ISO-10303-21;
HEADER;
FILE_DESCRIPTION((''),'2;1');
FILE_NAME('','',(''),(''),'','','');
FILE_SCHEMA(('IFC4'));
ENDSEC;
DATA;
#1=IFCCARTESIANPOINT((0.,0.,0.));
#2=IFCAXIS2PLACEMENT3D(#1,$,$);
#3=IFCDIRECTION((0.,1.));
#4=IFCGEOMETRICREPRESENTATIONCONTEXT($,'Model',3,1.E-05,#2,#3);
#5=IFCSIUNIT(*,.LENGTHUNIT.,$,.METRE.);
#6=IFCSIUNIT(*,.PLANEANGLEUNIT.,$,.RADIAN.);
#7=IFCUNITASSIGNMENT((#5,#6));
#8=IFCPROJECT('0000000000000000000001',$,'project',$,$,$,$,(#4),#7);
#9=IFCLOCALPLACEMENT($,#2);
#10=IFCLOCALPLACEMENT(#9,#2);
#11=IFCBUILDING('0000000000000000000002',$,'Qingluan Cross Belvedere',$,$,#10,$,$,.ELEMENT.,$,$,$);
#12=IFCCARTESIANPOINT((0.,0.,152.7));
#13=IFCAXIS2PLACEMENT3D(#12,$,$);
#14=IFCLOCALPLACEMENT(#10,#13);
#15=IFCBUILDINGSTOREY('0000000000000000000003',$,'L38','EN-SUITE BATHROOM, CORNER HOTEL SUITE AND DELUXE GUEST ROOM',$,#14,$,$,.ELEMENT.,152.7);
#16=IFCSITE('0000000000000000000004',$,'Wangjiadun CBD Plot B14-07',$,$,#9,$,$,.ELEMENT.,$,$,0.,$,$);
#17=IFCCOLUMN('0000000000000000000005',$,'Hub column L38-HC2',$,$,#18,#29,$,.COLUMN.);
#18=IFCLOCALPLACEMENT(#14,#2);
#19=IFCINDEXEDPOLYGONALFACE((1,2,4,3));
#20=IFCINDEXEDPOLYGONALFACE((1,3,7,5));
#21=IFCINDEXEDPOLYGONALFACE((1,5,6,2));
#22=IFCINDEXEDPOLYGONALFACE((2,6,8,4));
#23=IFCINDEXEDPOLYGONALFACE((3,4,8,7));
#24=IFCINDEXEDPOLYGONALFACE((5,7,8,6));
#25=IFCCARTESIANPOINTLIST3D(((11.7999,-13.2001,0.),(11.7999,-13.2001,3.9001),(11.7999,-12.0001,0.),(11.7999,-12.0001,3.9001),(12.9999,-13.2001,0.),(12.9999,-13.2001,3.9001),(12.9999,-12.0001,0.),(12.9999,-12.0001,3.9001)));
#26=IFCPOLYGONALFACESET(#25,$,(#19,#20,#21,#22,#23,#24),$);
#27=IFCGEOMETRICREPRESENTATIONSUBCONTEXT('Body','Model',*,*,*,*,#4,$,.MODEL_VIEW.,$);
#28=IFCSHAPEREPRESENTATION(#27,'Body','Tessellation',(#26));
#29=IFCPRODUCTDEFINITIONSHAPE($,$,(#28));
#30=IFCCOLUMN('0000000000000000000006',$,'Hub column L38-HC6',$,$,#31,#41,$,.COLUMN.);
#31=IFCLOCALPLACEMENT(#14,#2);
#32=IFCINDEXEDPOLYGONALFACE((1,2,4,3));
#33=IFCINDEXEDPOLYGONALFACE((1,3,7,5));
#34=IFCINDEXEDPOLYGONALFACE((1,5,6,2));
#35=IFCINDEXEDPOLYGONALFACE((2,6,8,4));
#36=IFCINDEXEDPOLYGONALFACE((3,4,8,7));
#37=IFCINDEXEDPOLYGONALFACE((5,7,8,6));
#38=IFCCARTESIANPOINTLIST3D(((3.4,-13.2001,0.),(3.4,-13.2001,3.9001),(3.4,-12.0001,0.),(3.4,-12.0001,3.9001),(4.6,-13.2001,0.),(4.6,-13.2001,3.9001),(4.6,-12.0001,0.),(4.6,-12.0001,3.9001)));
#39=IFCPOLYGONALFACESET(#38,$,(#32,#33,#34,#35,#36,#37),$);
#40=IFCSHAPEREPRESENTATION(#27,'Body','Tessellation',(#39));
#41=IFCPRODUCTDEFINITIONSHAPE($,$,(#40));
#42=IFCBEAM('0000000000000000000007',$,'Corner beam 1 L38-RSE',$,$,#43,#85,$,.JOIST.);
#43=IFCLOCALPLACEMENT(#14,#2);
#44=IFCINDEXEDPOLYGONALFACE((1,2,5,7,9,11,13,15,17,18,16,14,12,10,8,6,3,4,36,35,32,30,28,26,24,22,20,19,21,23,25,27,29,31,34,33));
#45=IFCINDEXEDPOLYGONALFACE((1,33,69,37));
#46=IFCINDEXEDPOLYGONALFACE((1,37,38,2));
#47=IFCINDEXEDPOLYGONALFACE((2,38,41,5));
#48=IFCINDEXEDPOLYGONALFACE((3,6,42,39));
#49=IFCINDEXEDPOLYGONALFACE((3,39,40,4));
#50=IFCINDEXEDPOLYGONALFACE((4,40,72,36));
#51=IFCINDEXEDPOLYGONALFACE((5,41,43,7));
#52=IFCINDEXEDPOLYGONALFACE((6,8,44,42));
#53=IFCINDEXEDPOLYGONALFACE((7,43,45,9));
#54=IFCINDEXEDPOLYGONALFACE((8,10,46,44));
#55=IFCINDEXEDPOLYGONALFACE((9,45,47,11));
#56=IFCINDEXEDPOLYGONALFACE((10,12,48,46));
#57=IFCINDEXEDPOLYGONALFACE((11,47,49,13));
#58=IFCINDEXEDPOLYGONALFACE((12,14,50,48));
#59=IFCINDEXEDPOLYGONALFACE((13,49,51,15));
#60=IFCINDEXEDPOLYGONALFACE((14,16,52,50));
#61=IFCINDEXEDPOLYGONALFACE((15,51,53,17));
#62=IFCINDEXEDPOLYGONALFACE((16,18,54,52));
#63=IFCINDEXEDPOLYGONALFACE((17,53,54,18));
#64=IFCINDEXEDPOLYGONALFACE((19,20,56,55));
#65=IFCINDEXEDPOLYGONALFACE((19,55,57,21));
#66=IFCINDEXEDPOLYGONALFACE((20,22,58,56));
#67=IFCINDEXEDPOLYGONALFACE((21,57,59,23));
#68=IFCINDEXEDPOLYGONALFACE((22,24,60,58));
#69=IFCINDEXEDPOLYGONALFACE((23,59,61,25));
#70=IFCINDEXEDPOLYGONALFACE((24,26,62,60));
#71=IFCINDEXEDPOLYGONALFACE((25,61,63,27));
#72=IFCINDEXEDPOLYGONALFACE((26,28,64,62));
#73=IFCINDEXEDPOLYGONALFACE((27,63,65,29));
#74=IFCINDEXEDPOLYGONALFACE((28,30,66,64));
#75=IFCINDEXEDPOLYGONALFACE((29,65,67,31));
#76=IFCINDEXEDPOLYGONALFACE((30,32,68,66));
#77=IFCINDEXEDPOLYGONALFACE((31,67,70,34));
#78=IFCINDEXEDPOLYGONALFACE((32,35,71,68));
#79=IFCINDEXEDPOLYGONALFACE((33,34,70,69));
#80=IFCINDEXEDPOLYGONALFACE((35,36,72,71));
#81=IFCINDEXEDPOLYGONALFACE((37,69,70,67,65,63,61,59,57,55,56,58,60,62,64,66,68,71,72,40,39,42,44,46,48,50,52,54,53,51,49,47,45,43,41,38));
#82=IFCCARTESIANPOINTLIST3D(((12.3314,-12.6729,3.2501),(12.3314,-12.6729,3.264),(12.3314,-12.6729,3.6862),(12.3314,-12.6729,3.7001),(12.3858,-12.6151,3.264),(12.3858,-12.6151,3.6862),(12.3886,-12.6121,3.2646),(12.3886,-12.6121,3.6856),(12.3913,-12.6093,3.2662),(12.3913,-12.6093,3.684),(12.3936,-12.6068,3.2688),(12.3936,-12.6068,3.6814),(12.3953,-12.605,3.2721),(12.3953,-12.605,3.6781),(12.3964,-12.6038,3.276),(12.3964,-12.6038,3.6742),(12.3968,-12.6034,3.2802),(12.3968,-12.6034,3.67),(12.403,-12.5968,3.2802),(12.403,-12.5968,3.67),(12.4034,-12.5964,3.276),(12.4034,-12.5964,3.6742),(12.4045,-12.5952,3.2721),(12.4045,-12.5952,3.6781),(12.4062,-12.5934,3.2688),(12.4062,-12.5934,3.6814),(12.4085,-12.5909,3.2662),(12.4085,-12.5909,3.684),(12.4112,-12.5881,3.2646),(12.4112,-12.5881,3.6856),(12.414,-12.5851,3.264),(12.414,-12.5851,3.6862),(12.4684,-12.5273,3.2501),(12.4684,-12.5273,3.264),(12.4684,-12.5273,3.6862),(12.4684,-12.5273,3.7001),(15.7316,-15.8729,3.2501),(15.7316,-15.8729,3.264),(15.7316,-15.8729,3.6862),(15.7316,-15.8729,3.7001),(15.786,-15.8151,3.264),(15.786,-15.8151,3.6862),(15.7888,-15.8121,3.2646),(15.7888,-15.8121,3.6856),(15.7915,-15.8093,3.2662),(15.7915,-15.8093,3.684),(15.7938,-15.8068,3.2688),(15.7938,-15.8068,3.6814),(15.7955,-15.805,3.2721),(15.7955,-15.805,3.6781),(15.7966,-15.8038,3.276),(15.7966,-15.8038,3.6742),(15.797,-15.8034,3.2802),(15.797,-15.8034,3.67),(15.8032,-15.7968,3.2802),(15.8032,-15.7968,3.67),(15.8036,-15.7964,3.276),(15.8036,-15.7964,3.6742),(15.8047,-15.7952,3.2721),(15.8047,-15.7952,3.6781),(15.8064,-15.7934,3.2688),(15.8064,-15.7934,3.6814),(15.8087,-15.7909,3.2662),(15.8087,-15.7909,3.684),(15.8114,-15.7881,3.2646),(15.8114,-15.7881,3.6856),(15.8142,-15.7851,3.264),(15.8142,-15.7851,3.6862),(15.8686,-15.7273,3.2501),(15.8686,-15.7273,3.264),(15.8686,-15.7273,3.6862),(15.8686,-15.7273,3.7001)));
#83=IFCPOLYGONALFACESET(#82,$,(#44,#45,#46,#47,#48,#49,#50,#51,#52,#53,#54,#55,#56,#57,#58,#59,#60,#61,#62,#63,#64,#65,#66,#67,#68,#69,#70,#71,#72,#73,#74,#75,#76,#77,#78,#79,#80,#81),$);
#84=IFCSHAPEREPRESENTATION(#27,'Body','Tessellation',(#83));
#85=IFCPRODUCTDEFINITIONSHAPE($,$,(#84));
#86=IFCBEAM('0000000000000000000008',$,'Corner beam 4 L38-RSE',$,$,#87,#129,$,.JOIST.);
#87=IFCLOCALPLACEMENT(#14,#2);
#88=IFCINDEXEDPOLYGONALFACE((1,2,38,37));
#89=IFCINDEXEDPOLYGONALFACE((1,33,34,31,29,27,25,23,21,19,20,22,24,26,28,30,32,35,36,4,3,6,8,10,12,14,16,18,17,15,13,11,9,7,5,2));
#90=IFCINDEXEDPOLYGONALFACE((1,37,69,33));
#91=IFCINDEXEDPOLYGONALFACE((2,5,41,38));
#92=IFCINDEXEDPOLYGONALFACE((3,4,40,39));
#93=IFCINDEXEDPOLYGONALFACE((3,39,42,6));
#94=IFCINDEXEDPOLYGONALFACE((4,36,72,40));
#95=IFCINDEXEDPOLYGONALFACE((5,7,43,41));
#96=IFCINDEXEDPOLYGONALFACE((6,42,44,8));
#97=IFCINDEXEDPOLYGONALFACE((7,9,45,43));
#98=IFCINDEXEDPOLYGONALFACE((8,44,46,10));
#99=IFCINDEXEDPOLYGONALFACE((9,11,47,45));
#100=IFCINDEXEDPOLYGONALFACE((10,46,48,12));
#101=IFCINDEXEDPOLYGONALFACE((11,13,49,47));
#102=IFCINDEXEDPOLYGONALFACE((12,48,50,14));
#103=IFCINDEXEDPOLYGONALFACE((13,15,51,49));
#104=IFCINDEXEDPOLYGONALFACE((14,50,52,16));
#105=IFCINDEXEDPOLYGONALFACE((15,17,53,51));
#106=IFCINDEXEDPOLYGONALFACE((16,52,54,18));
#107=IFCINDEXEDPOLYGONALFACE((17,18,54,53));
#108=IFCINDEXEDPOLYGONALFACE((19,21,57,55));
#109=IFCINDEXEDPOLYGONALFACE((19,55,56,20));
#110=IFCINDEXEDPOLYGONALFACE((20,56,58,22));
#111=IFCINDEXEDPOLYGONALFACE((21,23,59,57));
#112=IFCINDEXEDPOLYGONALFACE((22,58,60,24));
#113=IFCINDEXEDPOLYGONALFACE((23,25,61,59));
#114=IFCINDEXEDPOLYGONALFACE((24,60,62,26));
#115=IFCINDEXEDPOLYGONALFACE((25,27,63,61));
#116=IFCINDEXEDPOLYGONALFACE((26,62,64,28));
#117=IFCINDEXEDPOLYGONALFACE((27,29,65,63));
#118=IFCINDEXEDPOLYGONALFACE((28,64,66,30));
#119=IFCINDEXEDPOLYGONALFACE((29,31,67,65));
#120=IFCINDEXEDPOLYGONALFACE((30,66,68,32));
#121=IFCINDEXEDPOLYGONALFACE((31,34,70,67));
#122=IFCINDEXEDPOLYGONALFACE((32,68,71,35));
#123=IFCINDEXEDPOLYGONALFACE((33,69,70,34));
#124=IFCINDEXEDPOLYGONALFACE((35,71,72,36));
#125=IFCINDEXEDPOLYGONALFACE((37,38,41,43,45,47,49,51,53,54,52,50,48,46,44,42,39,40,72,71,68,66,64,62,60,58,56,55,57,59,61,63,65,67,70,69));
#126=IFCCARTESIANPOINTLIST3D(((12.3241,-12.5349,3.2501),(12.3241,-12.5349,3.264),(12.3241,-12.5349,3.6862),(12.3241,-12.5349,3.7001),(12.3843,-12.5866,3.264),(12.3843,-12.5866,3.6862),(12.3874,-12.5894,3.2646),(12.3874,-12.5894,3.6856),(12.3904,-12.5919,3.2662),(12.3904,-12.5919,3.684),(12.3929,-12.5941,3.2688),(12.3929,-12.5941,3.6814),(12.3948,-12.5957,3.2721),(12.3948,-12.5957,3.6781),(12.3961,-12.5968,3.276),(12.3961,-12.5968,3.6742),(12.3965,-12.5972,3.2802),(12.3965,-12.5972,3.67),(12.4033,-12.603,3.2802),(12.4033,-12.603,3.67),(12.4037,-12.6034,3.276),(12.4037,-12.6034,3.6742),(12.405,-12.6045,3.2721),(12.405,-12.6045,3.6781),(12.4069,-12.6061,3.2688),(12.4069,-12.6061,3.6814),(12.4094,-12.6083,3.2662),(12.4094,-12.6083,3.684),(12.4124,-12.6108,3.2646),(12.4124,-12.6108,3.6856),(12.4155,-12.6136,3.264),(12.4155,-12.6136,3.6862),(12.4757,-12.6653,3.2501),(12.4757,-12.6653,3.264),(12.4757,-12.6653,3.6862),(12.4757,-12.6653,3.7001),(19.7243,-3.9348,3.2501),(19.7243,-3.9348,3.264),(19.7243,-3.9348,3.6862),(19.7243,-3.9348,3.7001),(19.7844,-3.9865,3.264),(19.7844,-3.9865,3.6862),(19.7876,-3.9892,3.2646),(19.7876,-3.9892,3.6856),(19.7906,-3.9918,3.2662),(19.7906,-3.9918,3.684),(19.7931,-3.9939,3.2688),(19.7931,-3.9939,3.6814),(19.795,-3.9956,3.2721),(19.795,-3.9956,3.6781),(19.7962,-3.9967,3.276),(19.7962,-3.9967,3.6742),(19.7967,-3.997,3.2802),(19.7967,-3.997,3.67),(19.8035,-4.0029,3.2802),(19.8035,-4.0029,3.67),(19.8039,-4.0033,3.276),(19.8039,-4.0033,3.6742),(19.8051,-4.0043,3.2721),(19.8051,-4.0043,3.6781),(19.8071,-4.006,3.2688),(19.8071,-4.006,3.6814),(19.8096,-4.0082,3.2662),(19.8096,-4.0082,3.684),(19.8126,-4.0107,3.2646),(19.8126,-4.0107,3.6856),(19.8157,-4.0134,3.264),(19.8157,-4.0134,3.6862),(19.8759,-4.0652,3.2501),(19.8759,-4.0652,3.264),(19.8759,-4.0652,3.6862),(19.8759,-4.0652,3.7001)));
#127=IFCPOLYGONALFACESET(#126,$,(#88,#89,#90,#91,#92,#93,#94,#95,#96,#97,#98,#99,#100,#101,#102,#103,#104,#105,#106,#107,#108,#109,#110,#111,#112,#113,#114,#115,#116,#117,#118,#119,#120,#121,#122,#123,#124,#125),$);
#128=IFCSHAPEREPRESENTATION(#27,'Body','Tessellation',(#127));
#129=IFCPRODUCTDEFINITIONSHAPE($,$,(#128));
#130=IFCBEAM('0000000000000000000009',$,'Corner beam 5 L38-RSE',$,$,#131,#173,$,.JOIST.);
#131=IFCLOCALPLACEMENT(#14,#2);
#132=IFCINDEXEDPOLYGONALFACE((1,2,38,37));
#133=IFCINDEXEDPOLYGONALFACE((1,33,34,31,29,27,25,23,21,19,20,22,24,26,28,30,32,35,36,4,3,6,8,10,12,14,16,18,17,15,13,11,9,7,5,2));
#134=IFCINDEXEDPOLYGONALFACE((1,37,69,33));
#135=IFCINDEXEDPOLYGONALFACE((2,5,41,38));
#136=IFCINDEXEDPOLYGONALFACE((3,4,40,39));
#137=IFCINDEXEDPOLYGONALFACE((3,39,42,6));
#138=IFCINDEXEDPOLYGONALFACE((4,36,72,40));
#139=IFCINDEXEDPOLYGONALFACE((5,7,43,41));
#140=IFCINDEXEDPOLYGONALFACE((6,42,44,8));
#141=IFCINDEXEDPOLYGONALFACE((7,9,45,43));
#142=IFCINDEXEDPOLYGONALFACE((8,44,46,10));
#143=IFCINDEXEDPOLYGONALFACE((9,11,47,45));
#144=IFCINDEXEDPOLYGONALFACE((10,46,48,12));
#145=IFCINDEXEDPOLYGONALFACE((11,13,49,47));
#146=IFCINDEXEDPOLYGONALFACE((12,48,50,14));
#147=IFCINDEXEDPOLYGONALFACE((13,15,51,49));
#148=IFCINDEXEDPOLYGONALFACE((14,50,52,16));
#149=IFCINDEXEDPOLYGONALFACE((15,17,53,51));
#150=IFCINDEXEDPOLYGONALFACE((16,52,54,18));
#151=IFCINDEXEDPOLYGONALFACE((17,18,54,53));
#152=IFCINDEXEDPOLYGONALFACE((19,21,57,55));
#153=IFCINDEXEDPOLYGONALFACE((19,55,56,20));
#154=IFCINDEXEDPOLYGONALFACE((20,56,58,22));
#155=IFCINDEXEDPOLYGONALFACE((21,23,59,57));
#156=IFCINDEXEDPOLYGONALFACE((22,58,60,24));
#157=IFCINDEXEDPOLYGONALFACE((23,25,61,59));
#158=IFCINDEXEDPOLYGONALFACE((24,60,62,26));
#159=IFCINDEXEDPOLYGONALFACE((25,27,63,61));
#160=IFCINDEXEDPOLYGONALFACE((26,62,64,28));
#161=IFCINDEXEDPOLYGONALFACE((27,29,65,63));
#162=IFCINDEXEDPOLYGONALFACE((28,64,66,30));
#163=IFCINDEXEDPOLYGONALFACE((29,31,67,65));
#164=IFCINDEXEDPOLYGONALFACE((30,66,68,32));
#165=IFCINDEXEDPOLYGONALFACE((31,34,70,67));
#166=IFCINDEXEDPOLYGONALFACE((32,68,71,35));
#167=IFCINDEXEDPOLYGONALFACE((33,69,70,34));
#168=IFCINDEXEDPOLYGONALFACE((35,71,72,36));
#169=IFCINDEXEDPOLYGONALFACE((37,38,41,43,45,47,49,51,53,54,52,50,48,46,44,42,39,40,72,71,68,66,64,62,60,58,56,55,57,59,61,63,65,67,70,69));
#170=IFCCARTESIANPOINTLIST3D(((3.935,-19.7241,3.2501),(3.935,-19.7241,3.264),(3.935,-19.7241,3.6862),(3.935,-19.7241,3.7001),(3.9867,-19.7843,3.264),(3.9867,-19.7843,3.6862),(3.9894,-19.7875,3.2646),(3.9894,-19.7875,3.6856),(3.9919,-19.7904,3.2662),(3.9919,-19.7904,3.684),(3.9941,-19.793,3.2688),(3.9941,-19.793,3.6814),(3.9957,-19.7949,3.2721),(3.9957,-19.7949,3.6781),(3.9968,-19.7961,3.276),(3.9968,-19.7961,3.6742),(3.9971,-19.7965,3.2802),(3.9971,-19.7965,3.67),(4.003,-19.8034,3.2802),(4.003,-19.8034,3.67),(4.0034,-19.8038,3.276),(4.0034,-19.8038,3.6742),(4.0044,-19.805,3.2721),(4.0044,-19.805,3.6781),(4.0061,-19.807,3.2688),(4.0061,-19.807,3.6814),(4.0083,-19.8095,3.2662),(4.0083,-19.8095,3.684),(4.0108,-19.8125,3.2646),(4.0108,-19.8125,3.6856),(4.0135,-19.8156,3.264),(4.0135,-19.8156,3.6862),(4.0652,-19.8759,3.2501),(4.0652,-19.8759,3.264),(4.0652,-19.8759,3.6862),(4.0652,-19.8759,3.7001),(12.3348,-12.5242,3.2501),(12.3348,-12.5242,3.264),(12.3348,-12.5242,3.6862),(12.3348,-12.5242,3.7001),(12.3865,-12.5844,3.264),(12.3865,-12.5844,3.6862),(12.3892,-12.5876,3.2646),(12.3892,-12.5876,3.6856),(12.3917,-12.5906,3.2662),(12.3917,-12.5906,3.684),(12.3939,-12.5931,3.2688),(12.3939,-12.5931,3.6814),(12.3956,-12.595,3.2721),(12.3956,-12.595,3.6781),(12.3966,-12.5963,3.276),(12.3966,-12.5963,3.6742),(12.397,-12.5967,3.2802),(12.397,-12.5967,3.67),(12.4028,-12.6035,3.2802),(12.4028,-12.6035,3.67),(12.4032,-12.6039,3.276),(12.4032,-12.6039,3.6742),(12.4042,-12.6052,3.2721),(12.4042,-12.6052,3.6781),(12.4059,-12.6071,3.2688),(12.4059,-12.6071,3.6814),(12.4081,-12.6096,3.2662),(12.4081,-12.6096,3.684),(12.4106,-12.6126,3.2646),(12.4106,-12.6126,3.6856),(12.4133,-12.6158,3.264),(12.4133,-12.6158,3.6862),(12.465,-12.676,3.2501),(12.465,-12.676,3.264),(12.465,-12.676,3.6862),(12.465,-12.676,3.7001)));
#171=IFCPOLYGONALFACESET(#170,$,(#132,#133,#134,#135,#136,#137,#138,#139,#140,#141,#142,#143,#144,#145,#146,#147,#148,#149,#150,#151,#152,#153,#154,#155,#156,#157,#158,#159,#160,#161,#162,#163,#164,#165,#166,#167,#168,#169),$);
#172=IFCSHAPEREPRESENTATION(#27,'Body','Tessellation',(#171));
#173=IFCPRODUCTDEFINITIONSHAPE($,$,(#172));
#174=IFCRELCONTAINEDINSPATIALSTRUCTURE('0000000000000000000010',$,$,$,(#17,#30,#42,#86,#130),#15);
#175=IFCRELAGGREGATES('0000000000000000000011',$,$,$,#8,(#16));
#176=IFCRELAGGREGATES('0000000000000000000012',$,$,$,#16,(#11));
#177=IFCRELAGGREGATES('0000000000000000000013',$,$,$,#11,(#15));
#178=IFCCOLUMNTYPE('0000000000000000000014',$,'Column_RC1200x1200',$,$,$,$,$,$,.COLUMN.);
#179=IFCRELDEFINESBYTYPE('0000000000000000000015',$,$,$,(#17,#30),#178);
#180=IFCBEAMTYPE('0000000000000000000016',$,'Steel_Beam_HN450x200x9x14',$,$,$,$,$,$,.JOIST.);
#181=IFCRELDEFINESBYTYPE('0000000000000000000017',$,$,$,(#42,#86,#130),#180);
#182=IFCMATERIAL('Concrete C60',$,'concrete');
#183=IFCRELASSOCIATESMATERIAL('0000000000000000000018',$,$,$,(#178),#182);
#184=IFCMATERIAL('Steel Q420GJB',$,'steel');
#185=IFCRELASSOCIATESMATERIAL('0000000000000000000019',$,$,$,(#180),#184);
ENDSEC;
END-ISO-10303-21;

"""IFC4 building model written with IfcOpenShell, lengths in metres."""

from ifc_helpers import new_model, si_unit, direction, frame, origin, origin_2d, place, context, subcontext, project, spatial, rectangle, i_section, extrude, material, material_profile, profile_set, type_object, element, save


model = new_model("IFC4")

# Units and contexts
model_context = context("Model", 3, precision=1e-05, world=origin(), true_north=direction((0.0, 1.0)))
body_context = subcontext(model_context, "Body", "Model", "MODEL_VIEW")
ifc_project = project(units=[si_unit("LENGTHUNIT", "METRE"), si_unit("PLANEANGLEUNIT", "RADIAN")], contexts=[model_context])

# Site, building, storey
site_placement = place(None, origin())
site = spatial("IfcSite", under=ifc_project, at=site_placement, Name="Wangjiadun CBD Plot B14-07", CompositionType="ELEMENT", RefElevation=0.0)
building_placement = place(site_placement, origin())
building = spatial("IfcBuilding", under=site, at=building_placement, Name="Qingluan Cross Belvedere", CompositionType="ELEMENT")
storey_placement = place(building_placement, frame((0.0, 0.0, 152.7)))
storey = spatial("IfcBuildingStorey", under=building, at=storey_placement, Name="L38", Description="EN-SUITE BATHROOM, CORNER HOTEL SUITE AND DELUXE GUEST ROOM", CompositionType="ELEMENT", Elevation=152.7)

# Columns
ifc_material_1 = material(Name="Concrete C60", Category="concrete")
ifc_material_profile_1 = material_profile(ifc_material_1, rectangle(XDim=1.2, YDim=1.2, at=origin_2d()), Name="RC1200x1200")
ifc_profile_set_1 = profile_set([ifc_material_profile_1], Name="Concrete C60")
column_type = type_object("IfcColumnType", Name="Column_RC1200x1200", PredefinedType="COLUMN", material=ifc_profile_set_1)
for number, where, z_axis, x_axis, name in (
    (1, (12.3999, -12.6001, 0.0), (0.0, 0.0, 1.0), (1.0, 0.0, 0.0), "Hub column L38-HC2"),
    (2, (4.0, -12.6001, 0.0), (0.0, 0.0, 1.0), (1.0, 0.0, 0.0), "Hub column L38-HC6"),
):
    element("IfcColumn", number, at=place(storey_placement, frame(where, z_axis=z_axis, x_axis=x_axis)), inside=storey, type_object=column_type, Name=name, PredefinedType="COLUMN", context=body_context, shape_type="SweptSolid", body=[
        extrude(rectangle(XDim=1.2, YDim=1.2, at=origin_2d()), origin(), (0.0, 0.0, 1.0), 3.9001),
    ])

# Beams
ifc_material_2 = material(Name="Steel Q420GJB", Category="steel")
ifc_material_profile_2 = material_profile(ifc_material_2, i_section(OverallWidth=0.2, OverallDepth=0.45, WebThickness=0.009, FlangeThickness=0.0139, FilletRadius=0.0161, at=origin_2d()), Name="HN450x200x9x14")
ifc_profile_set_2 = profile_set([ifc_material_profile_2], Name="Steel Q420GJB")
beam_type_1 = type_object("IfcBeamType", Name="Steel_Beam_HN450x200x9x14", PredefinedType="JOIST", material=ifc_profile_set_2)
beam_1_placement = place(storey_placement, frame((12.3999, -12.6001, 3.4751), z_axis=(0.72822, -0.685343, 0.0), x_axis=(0.685343, 0.72822, 0.0)))
element("IfcBeam", 3, at=beam_1_placement, inside=storey, type_object=beam_type_1, Name="Corner beam 1 L38-RSE", PredefinedType="JOIST", context=body_context, shape_type="SweptSolid", body=[
    extrude(i_section(OverallWidth=0.2, OverallDepth=0.45, WebThickness=0.009, FlangeThickness=0.0139, FilletRadius=0.0161, at=origin_2d()), origin(), (0.0, 0.0, 1.0), 4.6692),
])
beam_2_placement = place(storey_placement, frame((12.3999, -12.6001, 3.4751), z_axis=(0.652245, 0.758008, 0.0), x_axis=(-0.758008, 0.652245, 0.0)))
element("IfcBeam", 4, at=beam_2_placement, inside=storey, type_object=beam_type_1, Name="Corner beam 4 L38-RSE", PredefinedType="JOIST", context=body_context, shape_type="SweptSolid", body=[
    extrude(i_section(OverallWidth=0.2, OverallDepth=0.45, WebThickness=0.009, FlangeThickness=0.0139, FilletRadius=0.0161, at=origin_2d()), origin(), (0.0, 0.0, 1.0), 11.3457),
])
beam_3_placement = place(storey_placement, frame((12.3999, -12.6001, 3.4751), z_axis=(-0.759255, -0.650793, 0.0), x_axis=(0.650793, -0.759255, 0.0)))
element("IfcBeam", 5, at=beam_3_placement, inside=storey, type_object=beam_type_1, Name="Corner beam 5 L38-RSE", PredefinedType="JOIST", context=body_context, shape_type="SweptSolid", body=[
    extrude(i_section(OverallWidth=0.2, OverallDepth=0.45, WebThickness=0.009, FlangeThickness=0.0139, FilletRadius=0.0161, at=origin_2d()), origin(), (0.0, 0.0, 1.0), 11.0632),
])

save(model, "model.ifc")
